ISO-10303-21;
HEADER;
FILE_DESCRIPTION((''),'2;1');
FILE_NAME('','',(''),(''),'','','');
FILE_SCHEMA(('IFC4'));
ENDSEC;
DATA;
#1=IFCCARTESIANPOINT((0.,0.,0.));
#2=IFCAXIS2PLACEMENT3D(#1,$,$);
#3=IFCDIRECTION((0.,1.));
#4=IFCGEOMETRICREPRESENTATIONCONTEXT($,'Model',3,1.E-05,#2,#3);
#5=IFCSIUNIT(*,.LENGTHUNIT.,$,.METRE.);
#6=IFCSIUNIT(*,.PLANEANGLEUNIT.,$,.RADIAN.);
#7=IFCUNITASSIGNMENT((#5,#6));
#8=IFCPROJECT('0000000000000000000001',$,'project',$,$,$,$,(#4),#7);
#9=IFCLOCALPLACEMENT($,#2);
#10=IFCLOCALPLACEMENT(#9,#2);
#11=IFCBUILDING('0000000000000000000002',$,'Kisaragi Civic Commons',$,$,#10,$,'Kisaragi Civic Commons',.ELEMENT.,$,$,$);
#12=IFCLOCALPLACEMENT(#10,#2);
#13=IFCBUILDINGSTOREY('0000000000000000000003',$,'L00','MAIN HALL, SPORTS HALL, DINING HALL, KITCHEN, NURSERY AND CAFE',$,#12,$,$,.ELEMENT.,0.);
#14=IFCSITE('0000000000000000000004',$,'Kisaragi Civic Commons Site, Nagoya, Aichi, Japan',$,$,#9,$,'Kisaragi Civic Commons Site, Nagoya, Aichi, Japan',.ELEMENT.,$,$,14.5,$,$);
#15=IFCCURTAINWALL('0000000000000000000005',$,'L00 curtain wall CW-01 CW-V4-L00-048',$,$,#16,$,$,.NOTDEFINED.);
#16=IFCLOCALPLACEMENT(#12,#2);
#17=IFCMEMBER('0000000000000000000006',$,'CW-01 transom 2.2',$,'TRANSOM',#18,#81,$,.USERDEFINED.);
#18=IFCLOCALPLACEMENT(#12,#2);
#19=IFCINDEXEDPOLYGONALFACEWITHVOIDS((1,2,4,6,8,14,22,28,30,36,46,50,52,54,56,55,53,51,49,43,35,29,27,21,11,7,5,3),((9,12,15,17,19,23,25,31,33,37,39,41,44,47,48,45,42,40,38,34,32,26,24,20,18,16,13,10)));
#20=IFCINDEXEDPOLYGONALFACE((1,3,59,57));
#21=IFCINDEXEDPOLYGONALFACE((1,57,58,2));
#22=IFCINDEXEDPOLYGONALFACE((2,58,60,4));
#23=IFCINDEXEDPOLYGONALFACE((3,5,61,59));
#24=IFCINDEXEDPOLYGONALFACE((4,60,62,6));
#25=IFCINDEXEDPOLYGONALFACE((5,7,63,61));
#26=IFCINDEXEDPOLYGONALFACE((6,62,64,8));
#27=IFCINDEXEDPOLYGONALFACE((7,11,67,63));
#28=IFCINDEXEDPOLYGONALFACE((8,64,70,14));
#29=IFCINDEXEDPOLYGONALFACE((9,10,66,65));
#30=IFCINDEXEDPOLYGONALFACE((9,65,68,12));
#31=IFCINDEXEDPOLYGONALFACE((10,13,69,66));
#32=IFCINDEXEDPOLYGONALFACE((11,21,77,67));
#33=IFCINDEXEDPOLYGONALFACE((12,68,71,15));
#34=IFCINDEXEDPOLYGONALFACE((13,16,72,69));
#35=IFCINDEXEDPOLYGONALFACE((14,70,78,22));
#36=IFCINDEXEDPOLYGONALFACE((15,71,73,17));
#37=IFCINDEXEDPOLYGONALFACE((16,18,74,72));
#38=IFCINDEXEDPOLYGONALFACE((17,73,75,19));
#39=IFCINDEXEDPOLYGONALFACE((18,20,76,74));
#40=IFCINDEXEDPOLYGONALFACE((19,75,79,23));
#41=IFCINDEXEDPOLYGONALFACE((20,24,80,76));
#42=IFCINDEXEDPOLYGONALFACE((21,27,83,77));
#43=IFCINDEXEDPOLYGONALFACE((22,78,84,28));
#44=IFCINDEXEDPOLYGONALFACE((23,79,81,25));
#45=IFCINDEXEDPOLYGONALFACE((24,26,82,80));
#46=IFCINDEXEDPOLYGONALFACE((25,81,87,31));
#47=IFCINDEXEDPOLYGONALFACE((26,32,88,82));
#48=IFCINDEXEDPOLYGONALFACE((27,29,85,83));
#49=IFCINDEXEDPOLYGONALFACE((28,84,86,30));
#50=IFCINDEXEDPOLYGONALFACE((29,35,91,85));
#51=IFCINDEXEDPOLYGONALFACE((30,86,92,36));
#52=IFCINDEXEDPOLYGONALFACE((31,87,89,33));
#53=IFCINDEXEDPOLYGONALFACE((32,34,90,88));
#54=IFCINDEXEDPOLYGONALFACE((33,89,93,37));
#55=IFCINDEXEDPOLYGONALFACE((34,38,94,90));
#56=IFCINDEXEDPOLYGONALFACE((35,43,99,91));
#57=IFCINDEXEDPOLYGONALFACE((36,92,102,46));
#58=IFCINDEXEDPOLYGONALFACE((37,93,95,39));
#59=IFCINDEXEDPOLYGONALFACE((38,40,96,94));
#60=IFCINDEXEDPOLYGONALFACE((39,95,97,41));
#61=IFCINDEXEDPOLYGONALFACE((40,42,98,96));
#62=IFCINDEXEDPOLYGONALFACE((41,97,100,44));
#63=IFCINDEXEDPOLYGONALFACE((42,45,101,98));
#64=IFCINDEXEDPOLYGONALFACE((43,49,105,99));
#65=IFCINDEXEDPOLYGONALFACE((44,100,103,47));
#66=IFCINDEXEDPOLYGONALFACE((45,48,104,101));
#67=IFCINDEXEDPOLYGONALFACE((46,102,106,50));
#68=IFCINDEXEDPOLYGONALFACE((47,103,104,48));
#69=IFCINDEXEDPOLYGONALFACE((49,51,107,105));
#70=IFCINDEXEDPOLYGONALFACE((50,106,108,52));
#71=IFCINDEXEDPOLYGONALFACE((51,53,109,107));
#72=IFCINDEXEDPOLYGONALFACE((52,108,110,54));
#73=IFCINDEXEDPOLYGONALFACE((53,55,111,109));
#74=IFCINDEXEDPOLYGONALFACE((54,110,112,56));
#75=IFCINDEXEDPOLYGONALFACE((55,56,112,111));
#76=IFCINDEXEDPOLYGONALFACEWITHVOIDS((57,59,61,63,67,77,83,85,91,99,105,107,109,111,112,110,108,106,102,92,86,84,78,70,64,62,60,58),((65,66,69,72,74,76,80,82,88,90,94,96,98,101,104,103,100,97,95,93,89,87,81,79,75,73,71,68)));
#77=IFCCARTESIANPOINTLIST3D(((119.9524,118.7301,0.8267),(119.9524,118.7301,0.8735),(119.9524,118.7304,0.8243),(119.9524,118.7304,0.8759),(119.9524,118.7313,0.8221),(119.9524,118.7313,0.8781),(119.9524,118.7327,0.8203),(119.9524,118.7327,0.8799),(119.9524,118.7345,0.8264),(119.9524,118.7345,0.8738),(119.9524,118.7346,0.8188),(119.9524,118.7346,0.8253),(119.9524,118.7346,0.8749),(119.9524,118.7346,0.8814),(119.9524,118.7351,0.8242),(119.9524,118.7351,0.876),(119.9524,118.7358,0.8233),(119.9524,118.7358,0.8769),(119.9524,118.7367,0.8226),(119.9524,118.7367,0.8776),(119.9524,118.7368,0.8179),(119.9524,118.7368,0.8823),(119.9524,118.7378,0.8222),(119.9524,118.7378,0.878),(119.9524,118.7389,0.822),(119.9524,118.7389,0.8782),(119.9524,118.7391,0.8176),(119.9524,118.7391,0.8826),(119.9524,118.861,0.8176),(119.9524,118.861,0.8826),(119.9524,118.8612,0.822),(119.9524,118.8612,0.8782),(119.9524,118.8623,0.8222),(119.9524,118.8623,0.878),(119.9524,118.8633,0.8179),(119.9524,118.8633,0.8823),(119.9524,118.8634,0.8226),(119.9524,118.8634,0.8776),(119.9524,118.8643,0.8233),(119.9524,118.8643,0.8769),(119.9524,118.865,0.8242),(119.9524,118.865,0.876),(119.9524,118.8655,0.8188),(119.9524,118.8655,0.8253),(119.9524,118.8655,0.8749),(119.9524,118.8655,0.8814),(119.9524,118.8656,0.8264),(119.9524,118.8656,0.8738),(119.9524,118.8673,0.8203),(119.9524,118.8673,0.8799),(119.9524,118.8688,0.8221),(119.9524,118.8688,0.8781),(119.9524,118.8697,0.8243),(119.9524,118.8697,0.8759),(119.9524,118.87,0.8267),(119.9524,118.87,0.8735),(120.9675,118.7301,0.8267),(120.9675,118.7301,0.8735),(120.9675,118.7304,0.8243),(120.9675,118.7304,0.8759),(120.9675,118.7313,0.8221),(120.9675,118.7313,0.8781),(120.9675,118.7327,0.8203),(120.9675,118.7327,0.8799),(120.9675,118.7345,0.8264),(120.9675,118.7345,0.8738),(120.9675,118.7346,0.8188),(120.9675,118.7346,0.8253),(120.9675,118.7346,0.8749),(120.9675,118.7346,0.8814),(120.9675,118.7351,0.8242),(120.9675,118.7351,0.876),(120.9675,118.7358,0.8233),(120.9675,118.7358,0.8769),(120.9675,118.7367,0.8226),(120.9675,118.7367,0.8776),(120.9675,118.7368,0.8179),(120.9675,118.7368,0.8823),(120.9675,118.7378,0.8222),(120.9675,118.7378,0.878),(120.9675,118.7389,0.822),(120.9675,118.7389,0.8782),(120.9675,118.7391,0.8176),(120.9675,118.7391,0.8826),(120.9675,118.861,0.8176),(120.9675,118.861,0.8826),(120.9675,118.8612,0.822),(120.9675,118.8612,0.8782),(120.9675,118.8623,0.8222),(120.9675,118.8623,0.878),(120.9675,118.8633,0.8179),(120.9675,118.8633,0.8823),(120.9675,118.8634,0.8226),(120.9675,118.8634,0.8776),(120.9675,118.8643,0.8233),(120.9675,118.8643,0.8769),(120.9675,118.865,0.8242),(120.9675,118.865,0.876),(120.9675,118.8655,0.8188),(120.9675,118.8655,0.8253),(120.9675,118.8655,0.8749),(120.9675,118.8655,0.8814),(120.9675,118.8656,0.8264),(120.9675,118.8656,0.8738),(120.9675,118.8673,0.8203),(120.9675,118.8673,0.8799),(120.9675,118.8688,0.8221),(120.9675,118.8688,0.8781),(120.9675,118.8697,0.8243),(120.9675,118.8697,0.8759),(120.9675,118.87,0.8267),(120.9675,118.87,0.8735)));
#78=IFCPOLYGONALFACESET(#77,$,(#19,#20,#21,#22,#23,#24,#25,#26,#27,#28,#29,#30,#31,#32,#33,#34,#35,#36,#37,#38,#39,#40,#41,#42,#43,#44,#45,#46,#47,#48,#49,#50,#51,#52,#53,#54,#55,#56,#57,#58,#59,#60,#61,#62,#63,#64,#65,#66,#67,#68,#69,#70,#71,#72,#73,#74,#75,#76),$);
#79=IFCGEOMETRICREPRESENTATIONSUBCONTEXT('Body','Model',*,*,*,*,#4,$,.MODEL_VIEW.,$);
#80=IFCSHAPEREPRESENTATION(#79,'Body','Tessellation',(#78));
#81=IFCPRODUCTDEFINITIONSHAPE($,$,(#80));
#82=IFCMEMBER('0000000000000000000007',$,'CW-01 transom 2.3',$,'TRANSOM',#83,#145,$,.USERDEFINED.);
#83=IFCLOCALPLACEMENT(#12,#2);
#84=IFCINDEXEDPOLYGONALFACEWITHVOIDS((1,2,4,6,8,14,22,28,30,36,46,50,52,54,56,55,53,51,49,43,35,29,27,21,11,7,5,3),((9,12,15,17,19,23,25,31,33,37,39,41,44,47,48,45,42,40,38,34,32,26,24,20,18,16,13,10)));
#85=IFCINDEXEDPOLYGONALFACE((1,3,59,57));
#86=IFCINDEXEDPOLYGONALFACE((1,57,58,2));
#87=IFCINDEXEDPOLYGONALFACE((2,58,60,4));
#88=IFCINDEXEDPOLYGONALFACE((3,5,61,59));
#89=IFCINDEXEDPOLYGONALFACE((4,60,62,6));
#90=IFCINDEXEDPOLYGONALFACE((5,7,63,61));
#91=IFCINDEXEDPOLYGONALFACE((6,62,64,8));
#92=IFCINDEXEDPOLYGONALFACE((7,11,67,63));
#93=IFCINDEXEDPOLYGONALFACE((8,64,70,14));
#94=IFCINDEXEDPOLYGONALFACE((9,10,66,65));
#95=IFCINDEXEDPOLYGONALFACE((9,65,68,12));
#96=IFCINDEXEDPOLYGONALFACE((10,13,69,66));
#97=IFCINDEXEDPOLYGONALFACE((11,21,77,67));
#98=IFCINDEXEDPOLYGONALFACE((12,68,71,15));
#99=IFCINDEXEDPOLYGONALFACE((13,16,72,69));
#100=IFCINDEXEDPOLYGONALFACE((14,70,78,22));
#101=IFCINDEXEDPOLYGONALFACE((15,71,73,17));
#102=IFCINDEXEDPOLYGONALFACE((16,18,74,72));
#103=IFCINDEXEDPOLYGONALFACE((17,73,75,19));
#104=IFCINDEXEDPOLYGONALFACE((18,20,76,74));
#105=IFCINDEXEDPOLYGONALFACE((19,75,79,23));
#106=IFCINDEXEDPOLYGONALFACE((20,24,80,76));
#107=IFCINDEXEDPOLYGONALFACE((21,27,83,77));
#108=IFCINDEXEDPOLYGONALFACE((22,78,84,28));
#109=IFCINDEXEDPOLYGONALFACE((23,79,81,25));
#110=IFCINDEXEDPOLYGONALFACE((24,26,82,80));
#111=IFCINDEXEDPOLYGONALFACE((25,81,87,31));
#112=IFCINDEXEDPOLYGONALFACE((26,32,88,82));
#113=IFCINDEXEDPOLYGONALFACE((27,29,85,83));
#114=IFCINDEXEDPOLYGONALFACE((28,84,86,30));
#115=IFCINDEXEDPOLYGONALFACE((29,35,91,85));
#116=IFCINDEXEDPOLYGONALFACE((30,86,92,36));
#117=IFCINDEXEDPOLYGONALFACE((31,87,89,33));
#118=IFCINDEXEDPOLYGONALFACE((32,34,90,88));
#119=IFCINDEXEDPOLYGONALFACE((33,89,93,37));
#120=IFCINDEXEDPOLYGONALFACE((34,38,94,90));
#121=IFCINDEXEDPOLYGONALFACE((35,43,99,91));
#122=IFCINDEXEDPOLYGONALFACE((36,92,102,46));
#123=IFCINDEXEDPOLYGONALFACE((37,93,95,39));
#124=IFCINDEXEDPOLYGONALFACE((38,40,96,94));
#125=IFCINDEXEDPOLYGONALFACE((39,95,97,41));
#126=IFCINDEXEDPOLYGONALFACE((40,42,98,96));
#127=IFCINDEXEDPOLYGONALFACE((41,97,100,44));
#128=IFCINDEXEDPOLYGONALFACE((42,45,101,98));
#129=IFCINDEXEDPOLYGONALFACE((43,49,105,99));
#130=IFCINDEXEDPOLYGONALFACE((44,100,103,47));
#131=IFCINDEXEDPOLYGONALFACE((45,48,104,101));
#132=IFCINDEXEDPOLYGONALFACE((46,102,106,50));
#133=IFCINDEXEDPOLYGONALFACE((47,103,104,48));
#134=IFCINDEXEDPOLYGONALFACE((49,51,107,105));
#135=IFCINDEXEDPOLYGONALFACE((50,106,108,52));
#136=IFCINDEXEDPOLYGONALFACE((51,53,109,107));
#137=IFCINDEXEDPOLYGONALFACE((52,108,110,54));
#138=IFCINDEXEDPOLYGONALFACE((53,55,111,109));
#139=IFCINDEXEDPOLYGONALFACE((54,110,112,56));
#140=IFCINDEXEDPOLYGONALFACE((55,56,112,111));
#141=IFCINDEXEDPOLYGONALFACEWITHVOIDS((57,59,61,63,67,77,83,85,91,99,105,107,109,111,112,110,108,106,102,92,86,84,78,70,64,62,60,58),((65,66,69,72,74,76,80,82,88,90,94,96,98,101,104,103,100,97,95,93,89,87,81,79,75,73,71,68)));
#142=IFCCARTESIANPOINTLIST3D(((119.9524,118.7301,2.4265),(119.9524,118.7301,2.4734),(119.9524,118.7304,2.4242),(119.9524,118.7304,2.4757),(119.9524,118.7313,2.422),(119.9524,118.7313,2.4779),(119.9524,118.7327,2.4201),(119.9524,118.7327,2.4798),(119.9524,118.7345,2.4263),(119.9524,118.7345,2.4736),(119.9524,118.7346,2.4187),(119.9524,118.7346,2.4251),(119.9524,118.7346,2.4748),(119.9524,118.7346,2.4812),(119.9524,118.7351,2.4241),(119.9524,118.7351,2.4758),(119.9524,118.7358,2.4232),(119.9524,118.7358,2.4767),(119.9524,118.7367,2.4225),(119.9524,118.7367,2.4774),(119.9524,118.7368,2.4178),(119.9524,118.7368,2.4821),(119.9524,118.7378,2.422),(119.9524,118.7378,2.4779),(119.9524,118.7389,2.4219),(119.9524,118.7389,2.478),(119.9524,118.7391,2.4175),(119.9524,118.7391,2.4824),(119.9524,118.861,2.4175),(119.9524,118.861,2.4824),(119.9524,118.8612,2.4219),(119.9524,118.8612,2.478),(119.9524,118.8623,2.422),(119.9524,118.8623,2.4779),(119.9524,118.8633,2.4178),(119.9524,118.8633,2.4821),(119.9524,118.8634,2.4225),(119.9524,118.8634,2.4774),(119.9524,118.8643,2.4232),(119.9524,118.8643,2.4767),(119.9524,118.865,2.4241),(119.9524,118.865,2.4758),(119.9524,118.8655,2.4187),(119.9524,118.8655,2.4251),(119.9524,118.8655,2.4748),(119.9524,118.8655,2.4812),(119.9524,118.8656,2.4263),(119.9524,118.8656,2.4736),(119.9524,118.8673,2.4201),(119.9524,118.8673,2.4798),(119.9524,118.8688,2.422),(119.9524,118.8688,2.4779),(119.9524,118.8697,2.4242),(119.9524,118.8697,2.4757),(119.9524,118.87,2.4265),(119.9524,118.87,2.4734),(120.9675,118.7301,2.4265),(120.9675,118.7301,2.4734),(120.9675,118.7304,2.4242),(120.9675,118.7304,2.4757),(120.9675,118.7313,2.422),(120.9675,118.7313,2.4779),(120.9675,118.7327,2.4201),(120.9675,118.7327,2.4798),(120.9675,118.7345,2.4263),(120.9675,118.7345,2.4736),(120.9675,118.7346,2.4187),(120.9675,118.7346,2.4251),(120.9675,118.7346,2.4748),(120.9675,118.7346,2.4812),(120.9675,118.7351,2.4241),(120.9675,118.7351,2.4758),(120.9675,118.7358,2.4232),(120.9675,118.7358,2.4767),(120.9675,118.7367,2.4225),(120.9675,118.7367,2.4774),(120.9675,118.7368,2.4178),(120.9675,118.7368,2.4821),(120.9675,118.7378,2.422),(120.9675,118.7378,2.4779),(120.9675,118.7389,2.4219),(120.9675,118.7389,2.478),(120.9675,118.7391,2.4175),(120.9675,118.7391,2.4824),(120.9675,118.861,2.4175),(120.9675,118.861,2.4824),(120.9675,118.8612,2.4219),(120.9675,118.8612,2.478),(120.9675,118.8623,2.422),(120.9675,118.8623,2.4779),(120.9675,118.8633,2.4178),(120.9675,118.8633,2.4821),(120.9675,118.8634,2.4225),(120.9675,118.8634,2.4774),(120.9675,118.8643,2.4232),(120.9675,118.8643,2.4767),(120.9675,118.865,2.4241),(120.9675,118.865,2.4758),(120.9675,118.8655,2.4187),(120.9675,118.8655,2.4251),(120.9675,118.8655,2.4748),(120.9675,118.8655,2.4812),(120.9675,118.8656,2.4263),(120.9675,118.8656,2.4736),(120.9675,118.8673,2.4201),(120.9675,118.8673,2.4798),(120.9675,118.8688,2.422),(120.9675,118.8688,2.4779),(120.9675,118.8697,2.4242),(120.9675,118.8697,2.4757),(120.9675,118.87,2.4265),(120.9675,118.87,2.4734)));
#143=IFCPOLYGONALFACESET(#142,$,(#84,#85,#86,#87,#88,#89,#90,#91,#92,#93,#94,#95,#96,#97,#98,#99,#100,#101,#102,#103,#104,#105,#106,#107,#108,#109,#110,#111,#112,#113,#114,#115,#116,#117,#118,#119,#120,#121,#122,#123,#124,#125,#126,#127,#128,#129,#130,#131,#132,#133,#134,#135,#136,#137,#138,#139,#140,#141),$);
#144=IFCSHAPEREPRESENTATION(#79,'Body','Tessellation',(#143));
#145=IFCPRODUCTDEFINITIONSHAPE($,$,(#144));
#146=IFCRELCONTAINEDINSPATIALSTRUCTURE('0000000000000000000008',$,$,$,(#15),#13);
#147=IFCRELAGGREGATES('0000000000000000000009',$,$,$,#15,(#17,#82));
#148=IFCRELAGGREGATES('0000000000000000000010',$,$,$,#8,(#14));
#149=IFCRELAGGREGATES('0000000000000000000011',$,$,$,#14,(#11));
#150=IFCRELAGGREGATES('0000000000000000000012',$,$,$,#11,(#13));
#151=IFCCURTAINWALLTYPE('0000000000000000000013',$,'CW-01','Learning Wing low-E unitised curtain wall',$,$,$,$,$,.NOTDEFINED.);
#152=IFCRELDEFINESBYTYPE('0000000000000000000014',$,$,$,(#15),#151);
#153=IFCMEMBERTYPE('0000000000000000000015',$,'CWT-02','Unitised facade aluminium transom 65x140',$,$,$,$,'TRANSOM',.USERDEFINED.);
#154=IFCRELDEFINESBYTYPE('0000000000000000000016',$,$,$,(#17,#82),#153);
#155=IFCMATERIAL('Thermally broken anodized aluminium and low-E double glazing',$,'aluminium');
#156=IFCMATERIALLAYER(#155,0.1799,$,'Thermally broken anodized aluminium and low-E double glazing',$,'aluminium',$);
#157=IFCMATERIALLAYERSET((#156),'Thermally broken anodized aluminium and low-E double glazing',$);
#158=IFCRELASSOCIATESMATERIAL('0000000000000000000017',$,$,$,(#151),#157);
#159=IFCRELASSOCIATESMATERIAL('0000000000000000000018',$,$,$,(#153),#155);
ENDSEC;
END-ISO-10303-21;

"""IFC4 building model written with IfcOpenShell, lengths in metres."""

from ifc_helpers import new_model, si_unit, direction, frame, origin, origin_2d, place, context, subcontext, project, spatial, hollow_rectangle, extrude, material, layer, layer_set, material_profile, profile_set, type_object, element, aggregate, save


model = new_model("IFC4")

# Units and contexts
model_context = context("Model", 3, precision=1e-05, world=origin(), true_north=direction((0.0, 1.0)))
body_context = subcontext(model_context, "Body", "Model", "MODEL_VIEW")
ifc_project = project(units=[si_unit("LENGTHUNIT", "METRE"), si_unit("PLANEANGLEUNIT", "RADIAN")], contexts=[model_context])

# Site, building, storey
site_placement = place(None, origin())
site = spatial("IfcSite", under=ifc_project, at=site_placement, Name="Kisaragi Civic Commons Site, Nagoya, Aichi, Japan", LongName="Kisaragi Civic Commons Site, Nagoya, Aichi, Japan", CompositionType="ELEMENT", RefElevation=14.5)
building_placement = place(site_placement, origin())
building = spatial("IfcBuilding", under=site, at=building_placement, Name="Kisaragi Civic Commons", LongName="Kisaragi Civic Commons", CompositionType="ELEMENT")
storey_placement = place(building_placement, origin())
storey = spatial("IfcBuildingStorey", under=building, at=storey_placement, Name="L00", Description="MAIN HALL, SPORTS HALL, DINING HALL, KITCHEN, NURSERY AND CAFE", CompositionType="ELEMENT", Elevation=0.0)

# Curtain wall
ifc_material_1 = material(Name="Thermally broken anodized aluminium and low-E double glazing", Category="aluminium")
ifc_layer_1 = layer(ifc_material_1, 0.1799, Name="Thermally broken anodized aluminium and low-E double glazing", Category="aluminium")
ifc_layer_set_1 = layer_set([ifc_layer_1], Name="Thermally broken anodized aluminium and low-E double glazing")
curtain_wall_type = type_object("IfcCurtainWallType", Name="CW-01", Description="Learning Wing low-E unitised curtain wall", PredefinedType="NOTDEFINED", material=ifc_layer_set_1)
curtain_wall_1_placement = place(storey_placement, origin())
curtain_wall_1 = element("IfcCurtainWall", 1, at=curtain_wall_1_placement, inside=storey, type_object=curtain_wall_type, Name="L00 curtain wall CW-01 CW-V4-L00-048", PredefinedType="NOTDEFINED")

# Members
ifc_material_profile_1 = material_profile(ifc_material_1, hollow_rectangle(XDim=0.1399, YDim=0.0649, WallThickness=0.0044, InnerFilletRadius=0.0044, OuterFilletRadius=0.009, at=origin_2d()), Name="CWT-65x140x4.5", Category="aluminium")
ifc_profile_set_1 = profile_set([ifc_material_profile_1], Name="Thermally broken anodized aluminium and low-E double glazing")
member_type_1 = type_object("IfcMemberType", Name="CWT-02", Description="Unitised facade aluminium transom 65x140", ElementType="TRANSOM", PredefinedType="USERDEFINED", material=ifc_profile_set_1)
member_1_placement = place(storey_placement, frame((119.9524, 118.8, 0.8501), z_axis=(1.0, 0.0, 0.0), x_axis=(0.0, 1.0, 0.0)))
member_1 = element("IfcMember", 2, at=member_1_placement, type_object=member_type_1, Name="CW-01 transom 2.2", ObjectType="TRANSOM", PredefinedType="USERDEFINED", context=body_context, shape_type="SweptSolid", body=[
    extrude(hollow_rectangle(XDim=0.1399, YDim=0.0649, WallThickness=0.0044, InnerFilletRadius=0.0044, OuterFilletRadius=0.009, at=origin_2d()), origin(), (0.0, 0.0, 1.0), 1.0151),
])
member_2_placement = place(storey_placement, frame((119.9524, 118.8, 2.45), z_axis=(1.0, 0.0, 0.0), x_axis=(0.0, 1.0, 0.0)))
member_2 = element("IfcMember", 3, at=member_2_placement, type_object=member_type_1, Name="CW-01 transom 2.3", ObjectType="TRANSOM", PredefinedType="USERDEFINED", context=body_context, shape_type="SweptSolid", body=[
    extrude(hollow_rectangle(XDim=0.1399, YDim=0.0649, WallThickness=0.0044, InnerFilletRadius=0.0044, OuterFilletRadius=0.009, at=origin_2d()), origin(), (0.0, 0.0, 1.0), 1.0151),
])

aggregate(curtain_wall_1, [member_1, member_2])

save(model, "model.ifc")
